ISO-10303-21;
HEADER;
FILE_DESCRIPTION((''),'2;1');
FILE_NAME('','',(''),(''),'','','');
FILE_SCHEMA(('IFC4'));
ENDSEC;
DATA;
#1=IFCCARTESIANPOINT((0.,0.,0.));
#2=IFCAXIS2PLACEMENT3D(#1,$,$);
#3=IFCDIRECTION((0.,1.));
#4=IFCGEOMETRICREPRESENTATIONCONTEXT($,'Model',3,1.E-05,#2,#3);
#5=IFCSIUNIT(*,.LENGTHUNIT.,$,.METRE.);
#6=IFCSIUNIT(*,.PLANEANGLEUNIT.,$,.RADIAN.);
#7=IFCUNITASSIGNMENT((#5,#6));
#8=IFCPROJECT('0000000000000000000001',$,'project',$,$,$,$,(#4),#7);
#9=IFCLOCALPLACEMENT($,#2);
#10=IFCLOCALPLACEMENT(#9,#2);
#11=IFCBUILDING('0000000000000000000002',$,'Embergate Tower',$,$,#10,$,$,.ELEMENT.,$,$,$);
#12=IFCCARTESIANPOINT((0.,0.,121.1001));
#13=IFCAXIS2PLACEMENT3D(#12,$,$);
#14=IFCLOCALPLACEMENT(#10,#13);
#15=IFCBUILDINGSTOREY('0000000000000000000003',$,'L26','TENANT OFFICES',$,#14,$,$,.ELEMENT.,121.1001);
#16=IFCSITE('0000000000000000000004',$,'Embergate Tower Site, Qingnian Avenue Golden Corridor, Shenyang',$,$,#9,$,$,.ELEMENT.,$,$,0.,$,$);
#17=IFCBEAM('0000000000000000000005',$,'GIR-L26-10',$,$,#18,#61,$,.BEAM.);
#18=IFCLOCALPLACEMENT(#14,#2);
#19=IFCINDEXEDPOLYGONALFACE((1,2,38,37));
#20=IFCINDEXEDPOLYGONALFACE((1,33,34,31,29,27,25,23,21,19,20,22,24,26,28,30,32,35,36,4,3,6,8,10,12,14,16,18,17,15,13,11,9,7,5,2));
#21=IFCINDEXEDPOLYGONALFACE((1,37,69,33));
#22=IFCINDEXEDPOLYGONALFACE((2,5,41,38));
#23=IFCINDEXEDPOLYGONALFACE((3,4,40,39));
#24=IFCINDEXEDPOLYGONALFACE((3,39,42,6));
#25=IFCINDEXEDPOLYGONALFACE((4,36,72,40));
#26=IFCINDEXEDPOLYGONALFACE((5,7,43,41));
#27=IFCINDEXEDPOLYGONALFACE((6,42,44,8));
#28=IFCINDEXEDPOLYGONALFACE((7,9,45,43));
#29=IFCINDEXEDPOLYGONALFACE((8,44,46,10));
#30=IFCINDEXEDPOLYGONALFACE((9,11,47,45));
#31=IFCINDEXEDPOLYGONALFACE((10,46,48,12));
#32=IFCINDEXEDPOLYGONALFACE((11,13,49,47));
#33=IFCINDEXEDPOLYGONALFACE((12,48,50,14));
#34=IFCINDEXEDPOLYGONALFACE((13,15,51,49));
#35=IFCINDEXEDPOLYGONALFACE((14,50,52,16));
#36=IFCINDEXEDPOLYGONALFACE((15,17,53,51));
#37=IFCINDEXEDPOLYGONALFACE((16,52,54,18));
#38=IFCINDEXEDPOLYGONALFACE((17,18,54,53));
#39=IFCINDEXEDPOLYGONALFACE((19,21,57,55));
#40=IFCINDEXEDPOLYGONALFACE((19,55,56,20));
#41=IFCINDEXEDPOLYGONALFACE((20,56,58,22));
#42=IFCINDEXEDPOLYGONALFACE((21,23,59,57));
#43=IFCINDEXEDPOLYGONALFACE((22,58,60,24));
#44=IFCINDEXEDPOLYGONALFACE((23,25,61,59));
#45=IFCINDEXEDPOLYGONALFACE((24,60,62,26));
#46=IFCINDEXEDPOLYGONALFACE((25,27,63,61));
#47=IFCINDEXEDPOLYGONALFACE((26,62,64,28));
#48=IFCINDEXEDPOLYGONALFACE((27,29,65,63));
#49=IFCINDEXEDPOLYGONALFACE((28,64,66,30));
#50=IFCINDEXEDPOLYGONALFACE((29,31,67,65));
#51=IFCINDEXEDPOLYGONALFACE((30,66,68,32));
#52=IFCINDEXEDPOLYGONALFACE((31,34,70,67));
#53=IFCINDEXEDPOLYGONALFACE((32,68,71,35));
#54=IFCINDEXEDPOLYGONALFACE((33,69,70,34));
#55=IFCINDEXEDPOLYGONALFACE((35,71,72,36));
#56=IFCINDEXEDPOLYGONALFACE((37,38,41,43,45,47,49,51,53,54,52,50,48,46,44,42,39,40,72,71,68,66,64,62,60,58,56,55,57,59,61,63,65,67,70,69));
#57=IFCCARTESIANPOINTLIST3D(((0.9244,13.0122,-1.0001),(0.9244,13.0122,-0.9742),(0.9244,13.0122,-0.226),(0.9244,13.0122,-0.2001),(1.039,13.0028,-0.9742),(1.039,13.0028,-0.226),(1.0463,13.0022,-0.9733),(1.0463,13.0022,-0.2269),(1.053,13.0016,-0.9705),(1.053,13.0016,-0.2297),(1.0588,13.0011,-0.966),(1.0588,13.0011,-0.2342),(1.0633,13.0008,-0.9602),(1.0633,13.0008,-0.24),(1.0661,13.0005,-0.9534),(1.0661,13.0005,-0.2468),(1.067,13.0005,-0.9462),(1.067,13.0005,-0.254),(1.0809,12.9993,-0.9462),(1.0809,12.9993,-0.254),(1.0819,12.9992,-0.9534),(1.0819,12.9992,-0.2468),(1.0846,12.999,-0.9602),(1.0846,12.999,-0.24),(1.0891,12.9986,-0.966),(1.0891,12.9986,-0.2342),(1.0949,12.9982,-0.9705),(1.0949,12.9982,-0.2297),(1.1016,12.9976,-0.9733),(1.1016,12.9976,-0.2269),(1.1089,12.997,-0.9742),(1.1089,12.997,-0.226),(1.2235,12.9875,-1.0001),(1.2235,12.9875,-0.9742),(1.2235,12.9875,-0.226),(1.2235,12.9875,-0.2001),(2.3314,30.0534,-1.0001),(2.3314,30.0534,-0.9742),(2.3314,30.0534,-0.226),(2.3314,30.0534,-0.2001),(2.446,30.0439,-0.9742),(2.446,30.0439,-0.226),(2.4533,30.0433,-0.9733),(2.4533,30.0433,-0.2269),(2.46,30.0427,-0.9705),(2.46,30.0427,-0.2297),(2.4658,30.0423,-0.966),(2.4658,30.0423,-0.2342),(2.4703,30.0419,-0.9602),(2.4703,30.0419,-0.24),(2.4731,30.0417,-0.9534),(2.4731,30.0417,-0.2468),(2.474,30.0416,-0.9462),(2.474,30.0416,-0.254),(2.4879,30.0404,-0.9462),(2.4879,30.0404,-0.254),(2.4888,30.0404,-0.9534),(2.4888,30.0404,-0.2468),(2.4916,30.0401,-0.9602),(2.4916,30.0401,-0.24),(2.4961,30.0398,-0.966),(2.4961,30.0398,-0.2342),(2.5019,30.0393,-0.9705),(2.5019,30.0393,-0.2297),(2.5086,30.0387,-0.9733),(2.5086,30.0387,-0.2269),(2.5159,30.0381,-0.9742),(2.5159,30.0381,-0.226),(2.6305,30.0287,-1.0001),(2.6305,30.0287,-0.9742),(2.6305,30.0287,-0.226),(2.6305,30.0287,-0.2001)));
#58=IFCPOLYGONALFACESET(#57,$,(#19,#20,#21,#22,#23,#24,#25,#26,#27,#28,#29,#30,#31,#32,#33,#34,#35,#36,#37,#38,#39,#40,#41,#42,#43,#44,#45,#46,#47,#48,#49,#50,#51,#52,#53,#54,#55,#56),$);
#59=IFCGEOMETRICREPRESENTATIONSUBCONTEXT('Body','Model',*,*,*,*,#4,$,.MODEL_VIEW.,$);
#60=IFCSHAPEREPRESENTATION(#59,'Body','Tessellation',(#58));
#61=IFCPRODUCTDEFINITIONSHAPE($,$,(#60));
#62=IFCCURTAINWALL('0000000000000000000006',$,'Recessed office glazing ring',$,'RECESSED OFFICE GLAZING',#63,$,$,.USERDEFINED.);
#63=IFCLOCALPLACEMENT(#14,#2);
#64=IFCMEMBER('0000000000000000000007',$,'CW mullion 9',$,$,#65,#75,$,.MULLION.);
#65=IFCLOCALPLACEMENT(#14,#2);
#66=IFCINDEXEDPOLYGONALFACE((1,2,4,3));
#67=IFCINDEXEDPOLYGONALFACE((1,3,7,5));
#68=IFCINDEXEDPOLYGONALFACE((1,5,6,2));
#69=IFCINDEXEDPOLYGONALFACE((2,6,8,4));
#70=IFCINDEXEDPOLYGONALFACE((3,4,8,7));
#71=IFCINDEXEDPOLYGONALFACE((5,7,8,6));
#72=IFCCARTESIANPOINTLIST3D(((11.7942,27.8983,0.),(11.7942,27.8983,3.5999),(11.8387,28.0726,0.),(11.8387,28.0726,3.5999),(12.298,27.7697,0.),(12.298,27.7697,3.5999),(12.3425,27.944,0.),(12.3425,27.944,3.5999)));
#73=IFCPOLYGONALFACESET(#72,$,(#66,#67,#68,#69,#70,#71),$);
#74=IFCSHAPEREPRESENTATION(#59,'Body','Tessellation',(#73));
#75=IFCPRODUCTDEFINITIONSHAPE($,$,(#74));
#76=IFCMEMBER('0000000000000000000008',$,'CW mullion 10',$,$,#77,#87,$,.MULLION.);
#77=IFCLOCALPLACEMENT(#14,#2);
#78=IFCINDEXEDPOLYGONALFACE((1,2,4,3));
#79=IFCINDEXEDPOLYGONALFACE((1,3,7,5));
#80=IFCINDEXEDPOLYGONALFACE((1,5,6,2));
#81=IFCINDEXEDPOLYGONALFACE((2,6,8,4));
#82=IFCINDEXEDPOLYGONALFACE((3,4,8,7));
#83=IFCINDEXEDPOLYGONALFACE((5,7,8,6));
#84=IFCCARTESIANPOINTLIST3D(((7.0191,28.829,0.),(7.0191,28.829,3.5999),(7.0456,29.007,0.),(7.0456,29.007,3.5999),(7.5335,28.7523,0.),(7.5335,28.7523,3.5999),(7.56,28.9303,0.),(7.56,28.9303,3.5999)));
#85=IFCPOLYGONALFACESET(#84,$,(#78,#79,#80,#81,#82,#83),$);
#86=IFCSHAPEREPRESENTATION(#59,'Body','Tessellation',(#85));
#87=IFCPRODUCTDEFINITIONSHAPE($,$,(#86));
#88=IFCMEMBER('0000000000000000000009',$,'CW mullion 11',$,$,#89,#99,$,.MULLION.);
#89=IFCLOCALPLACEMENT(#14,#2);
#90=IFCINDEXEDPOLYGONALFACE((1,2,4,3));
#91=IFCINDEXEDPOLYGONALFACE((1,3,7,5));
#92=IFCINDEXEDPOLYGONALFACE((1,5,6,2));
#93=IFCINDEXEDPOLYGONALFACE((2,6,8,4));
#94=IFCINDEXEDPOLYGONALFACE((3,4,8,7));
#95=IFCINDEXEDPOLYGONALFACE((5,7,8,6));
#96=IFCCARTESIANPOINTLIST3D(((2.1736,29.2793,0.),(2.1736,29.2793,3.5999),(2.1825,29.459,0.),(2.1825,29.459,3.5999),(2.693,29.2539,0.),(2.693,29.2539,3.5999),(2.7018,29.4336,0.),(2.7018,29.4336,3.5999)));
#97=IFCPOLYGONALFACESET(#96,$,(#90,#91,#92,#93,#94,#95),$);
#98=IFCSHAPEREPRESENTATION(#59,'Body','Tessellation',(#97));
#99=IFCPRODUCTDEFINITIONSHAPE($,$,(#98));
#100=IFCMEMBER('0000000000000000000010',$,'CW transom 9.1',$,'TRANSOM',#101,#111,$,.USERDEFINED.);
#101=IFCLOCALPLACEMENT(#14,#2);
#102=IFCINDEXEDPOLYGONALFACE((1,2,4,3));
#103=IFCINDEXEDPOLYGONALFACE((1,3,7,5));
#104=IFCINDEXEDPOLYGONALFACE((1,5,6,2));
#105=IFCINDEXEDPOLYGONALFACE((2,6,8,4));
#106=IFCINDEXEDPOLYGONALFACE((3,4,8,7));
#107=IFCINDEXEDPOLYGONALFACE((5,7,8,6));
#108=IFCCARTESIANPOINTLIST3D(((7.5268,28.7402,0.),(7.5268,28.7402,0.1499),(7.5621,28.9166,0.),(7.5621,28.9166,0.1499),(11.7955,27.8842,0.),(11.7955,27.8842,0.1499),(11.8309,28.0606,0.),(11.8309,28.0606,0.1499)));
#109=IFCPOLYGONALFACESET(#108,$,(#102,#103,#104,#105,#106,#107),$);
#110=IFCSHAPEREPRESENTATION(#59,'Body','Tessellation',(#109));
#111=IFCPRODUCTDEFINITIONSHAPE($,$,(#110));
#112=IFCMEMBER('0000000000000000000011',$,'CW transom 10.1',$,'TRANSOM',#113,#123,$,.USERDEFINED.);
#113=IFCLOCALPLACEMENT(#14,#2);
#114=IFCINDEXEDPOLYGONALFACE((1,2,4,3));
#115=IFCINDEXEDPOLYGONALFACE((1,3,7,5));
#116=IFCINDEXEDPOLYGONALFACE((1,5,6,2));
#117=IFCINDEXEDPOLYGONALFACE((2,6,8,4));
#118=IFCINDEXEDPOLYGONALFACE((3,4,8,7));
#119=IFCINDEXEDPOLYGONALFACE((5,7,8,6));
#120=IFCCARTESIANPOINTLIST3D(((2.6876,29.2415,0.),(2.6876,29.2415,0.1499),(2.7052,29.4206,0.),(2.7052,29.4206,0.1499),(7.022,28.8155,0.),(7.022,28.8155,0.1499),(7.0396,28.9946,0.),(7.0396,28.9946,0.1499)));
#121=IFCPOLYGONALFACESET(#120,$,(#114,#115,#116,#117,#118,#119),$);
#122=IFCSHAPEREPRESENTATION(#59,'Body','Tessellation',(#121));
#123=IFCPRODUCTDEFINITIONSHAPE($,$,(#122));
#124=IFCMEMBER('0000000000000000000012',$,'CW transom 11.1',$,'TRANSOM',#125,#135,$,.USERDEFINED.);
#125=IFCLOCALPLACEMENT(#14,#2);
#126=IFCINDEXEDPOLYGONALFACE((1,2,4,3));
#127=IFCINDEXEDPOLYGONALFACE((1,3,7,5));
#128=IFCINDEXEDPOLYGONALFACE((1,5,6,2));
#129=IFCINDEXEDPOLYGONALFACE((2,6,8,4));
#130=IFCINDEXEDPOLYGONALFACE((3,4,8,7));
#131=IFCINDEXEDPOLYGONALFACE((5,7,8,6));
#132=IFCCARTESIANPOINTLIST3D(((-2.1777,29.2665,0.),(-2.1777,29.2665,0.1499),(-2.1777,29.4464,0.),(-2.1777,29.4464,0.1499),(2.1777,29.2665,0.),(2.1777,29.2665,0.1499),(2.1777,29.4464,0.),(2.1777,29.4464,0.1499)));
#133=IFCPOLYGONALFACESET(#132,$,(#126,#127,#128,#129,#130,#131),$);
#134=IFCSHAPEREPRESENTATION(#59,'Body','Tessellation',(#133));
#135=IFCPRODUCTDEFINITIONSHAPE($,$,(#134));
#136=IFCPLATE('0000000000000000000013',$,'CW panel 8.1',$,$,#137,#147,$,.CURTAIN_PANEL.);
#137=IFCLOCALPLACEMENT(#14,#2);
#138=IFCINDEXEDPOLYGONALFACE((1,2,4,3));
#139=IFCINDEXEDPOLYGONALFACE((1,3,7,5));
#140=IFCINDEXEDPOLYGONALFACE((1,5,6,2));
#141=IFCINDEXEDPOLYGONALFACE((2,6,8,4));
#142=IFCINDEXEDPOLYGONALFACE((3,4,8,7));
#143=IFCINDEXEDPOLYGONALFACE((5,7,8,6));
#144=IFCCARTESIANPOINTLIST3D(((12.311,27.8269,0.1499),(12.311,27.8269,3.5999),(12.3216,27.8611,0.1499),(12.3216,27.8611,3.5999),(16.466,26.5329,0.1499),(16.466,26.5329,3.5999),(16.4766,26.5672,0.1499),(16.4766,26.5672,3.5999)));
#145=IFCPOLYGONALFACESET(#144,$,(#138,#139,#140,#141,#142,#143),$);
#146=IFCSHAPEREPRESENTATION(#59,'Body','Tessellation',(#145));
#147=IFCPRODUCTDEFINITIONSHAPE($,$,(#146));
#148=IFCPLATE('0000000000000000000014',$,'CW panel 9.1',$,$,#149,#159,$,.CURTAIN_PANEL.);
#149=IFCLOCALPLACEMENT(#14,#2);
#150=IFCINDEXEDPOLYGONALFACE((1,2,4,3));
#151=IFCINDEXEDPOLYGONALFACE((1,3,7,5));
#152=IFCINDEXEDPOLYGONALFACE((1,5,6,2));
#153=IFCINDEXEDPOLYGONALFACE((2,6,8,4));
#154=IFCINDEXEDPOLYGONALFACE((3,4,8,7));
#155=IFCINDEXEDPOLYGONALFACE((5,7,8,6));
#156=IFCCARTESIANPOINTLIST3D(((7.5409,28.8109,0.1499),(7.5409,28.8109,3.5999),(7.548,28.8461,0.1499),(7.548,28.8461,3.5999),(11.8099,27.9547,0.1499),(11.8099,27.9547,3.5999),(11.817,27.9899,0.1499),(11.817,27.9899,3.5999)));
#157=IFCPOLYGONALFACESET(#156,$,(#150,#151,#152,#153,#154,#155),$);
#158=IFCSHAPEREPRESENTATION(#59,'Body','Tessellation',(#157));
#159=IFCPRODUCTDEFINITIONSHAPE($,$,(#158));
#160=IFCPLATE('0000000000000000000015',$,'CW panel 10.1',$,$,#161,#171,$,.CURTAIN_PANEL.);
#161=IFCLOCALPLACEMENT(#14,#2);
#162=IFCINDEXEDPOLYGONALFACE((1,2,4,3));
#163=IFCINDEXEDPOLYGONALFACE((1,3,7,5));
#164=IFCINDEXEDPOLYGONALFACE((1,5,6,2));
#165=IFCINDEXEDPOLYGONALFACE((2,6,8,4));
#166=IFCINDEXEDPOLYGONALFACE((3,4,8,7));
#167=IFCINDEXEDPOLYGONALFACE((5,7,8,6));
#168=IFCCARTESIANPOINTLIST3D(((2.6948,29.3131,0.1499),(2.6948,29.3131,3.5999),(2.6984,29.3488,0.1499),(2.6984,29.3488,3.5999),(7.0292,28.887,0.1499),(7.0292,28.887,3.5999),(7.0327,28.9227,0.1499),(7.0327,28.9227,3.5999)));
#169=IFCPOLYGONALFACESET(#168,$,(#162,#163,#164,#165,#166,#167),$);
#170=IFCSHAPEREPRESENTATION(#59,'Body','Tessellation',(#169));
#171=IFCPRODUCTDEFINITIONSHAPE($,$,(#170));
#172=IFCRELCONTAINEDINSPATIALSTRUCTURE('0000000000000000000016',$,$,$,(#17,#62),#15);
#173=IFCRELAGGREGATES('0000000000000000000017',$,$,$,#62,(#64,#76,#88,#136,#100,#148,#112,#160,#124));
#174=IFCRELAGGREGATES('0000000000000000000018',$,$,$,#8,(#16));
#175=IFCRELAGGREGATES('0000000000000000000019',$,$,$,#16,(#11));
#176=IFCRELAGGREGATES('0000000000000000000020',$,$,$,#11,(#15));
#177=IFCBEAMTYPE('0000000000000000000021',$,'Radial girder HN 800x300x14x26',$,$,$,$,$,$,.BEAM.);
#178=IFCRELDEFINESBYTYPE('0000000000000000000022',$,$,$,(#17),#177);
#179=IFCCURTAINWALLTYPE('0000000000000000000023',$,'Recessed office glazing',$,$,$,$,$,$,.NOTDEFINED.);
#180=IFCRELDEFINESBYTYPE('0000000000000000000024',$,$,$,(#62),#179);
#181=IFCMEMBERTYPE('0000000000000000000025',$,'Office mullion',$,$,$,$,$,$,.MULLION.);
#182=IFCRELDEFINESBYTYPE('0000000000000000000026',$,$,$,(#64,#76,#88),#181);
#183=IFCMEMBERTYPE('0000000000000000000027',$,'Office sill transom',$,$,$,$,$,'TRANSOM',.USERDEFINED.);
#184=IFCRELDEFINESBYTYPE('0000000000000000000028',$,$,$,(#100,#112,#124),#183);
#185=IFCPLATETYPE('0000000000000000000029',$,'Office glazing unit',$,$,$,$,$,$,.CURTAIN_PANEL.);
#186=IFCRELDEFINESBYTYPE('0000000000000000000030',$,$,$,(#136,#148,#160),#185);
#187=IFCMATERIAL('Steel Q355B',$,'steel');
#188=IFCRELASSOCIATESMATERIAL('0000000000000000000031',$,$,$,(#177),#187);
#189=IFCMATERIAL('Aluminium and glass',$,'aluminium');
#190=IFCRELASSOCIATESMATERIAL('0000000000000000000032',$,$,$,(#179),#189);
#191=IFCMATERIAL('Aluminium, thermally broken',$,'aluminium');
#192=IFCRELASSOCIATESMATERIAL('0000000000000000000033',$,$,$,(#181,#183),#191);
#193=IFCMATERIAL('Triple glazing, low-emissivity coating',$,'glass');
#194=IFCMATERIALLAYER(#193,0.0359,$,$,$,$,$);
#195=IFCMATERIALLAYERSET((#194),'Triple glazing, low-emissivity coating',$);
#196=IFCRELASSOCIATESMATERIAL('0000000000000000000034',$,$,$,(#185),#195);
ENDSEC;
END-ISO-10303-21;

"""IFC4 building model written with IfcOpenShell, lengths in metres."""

from ifc_helpers import new_model, si_unit, direction, frame, origin, origin_2d, place, context, subcontext, project, spatial, rectangle, i_section, extrude, source, transform, mapped, material, layer, layer_set, material_profile, profile_set, type_object, element, aggregate, save


model = new_model("IFC4")

# Units and contexts
model_context = context("Model", 3, precision=1e-05, world=origin(), true_north=direction((0.0, 1.0)))
body_context = subcontext(model_context, "Body", "Model", "MODEL_VIEW")
ifc_project = project(units=[si_unit("LENGTHUNIT", "METRE"), si_unit("PLANEANGLEUNIT", "RADIAN")], contexts=[model_context])

# Site, building, storey
site_placement = place(None, origin())
site = spatial("IfcSite", under=ifc_project, at=site_placement, Name="Embergate Tower Site, Qingnian Avenue Golden Corridor, Shenyang", CompositionType="ELEMENT", RefElevation=0.0)
building_placement = place(site_placement, origin())
building = spatial("IfcBuilding", under=site, at=building_placement, Name="Embergate Tower", CompositionType="ELEMENT")
storey_placement = place(building_placement, frame((0.0, 0.0, 121.1001)))
storey = spatial("IfcBuildingStorey", under=building, at=storey_placement, Name="L26", Description="TENANT OFFICES", CompositionType="ELEMENT", Elevation=121.1001)

# Beam
ifc_material_1 = material(Name="Steel Q355B", Category="steel")
ifc_material_profile_1 = material_profile(ifc_material_1, i_section(OverallWidth=0.3, OverallDepth=0.8, WebThickness=0.0139, FlangeThickness=0.0259, FilletRadius=0.0281, at=origin_2d()), Name="HN 800x300x14x26")
ifc_profile_set_1 = profile_set([ifc_material_profile_1], Name="Steel Q355 grade B")
beam_type_1 = type_object("IfcBeamType", Name="Radial girder HN 800x300x14x26", PredefinedType="BEAM", material=ifc_profile_set_1)
shared_shape_1 = source(origin(), body_context, "Body", "SweptSolid", [
    extrude(i_section(OverallWidth=0.3, OverallDepth=0.8, WebThickness=0.0139, FlangeThickness=0.0259, FilletRadius=0.0281, at=origin_2d()), origin(), (0.0, 0.0, 1.0), 17.0991),
])
beam_1_placement = place(storey_placement, frame((2.481, 30.041, -0.6001), z_axis=(-0.082284, -0.996609, 0.0), x_axis=(0.996609, -0.082284, 0.0)))
element("IfcBeam", 1, at=beam_1_placement, inside=storey, type_object=beam_type_1, Name="GIR-L26-10", PredefinedType="BEAM", context=body_context, shape_type="MappedRepresentation", body=[
    mapped(shared_shape_1, transform((0.0, 0.0, 0.0))),
])

# Curtain wall, members, plates
ifc_material_2 = material(Name="Aluminium and glass", Category="aluminium")
curtain_wall_type = type_object("IfcCurtainWallType", Name="Recessed office glazing", PredefinedType="NOTDEFINED", material=ifc_material_2)
curtain_wall_placement = place(storey_placement, origin())
curtain_wall = element("IfcCurtainWall", 2, at=curtain_wall_placement, inside=storey, type_object=curtain_wall_type, Name="Recessed office glazing ring", ObjectType="RECESSED OFFICE GLAZING", PredefinedType="USERDEFINED")
ifc_material_3 = material(Name="Aluminium, thermally broken", Category="aluminium")
ifc_material_profile_2 = material_profile(ifc_material_3, rectangle(XDim=0.1799, YDim=0.52, at=origin_2d()), Name="AL 520x180")
ifc_profile_set_2 = profile_set([ifc_material_profile_2], Name="Aluminium, thermally broken")
member_type_1 = type_object("IfcMemberType", Name="Office mullion", PredefinedType="MULLION", material=ifc_profile_set_2)
shared_shape_2 = source(origin(), body_context, "Body", "SweptSolid", [
    extrude(rectangle(XDim=0.1799, YDim=0.52, at=origin_2d()), origin(), (0.0, 0.0, 1.0), 3.5999),
])
member_1_placement = place(storey_placement, frame((12.0684, 27.9211, 0.0), z_axis=(0.0, 0.0, 1.0), x_axis=(-0.247312, -0.968936, 0.0)))
member_1 = element("IfcMember", 3, at=member_1_placement, type_object=member_type_1, Name="CW mullion 9", PredefinedType="MULLION", context=body_context, shape_type="MappedRepresentation", body=[
    mapped(shared_shape_2, transform((0.0, 0.0, 0.0))),
])
member_2_placement = place(storey_placement, frame((7.2896, 28.8796, 0.0), z_axis=(0.0, 0.0, 1.0), x_axis=(-0.147412, -0.989075, 0.0)))
member_2 = element("IfcMember", 4, at=member_2_placement, type_object=member_type_1, Name="CW mullion 10", PredefinedType="MULLION", context=body_context, shape_type="MappedRepresentation", body=[
    mapped(shared_shape_2, transform((0.0, 0.0, 0.0))),
])
member_3_placement = place(storey_placement, frame((2.4377, 29.3564, 0.0), z_axis=(0.0, 0.0, 1.0), x_axis=(-0.048972, -0.9988, 0.0)))
member_3 = element("IfcMember", 5, at=member_3_placement, type_object=member_type_1, Name="CW mullion 11", PredefinedType="MULLION", context=body_context, shape_type="MappedRepresentation", body=[
    mapped(shared_shape_2, transform((0.0, 0.0, 0.0))),
])
ifc_material_profile_3 = material_profile(ifc_material_3, rectangle(XDim=0.1799, YDim=0.1499, at=origin_2d()), Name="AL 150x180")
ifc_profile_set_3 = profile_set([ifc_material_profile_3], Name="Aluminium, thermally broken")
member_type_2 = type_object("IfcMemberType", Name="Office sill transom", ElementType="TRANSOM", PredefinedType="USERDEFINED", material=ifc_profile_set_3)
shared_shape_3 = source(origin(), body_context, "Body", "SweptSolid", [
    extrude(rectangle(XDim=0.1799, YDim=0.1499, at=origin_2d()), origin(), (0.0, 0.0, 1.0), 4.3538),
])
member_4_placement = place(storey_placement, frame((11.8132, 27.9724, 0.075), z_axis=(-0.980484, 0.196601, 0.0), x_axis=(-0.196601, -0.980484, 0.0)))
member_4 = element("IfcMember", 6, at=member_4_placement, type_object=member_type_2, Name="CW transom 9.1", ObjectType="TRANSOM", PredefinedType="USERDEFINED", context=body_context, shape_type="MappedRepresentation", body=[
    mapped(shared_shape_3, transform((0.0, 0.0, 0.0))),
])
shared_shape_4 = source(origin(), body_context, "Body", "SweptSolid", [
    extrude(rectangle(XDim=0.1799, YDim=0.1499, at=origin_2d()), origin(), (0.0, 0.0, 1.0), 4.3552),
])
member_5_placement = place(storey_placement, frame((7.0308, 28.905, 0.075), z_axis=(-0.995204, 0.097822, 0.0), x_axis=(-0.097822, -0.995204, 0.0)))
member_5 = element("IfcMember", 7, at=member_5_placement, type_object=member_type_2, Name="CW transom 10.1", ObjectType="TRANSOM", PredefinedType="USERDEFINED", context=body_context, shape_type="MappedRepresentation", body=[
    mapped(shared_shape_4, transform((0.0, 0.0, 0.0))),
])
shared_shape_5 = source(origin(), body_context, "Body", "SweptSolid", [
    extrude(rectangle(XDim=0.1799, YDim=0.1499, at=origin_2d()), origin(), (0.0, 0.0, 1.0), 4.3555),
])
member_6_placement = place(storey_placement, frame((2.1777, 29.3564, 0.075), z_axis=(-1.0, 0.0, 0.0), x_axis=(0.0, -1.0, 0.0)))
member_6 = element("IfcMember", 8, at=member_6_placement, type_object=member_type_2, Name="CW transom 11.1", ObjectType="TRANSOM", PredefinedType="USERDEFINED", context=body_context, shape_type="MappedRepresentation", body=[
    mapped(shared_shape_5, transform((0.0, 0.0, 0.0))),
])
ifc_material_4 = material(Name="Triple glazing, low-emissivity coating", Category="glass")
ifc_layer_1 = layer(ifc_material_4, 0.0359)
ifc_layer_set_1 = layer_set([ifc_layer_1], Name="Triple glazing, low-emissivity coating")
plate_type = type_object("IfcPlateType", Name="Office glazing unit", PredefinedType="CURTAIN_PANEL", material=ifc_layer_set_1)
shared_shape_6 = source(origin(), body_context, "Body", "SweptSolid", [
    extrude(rectangle(XDim=4.3518, YDim=0.0359, at=origin_2d()), origin(), (0.0, 0.0, 1.0), 3.45),
])
plate_1_placement = place(storey_placement, frame((14.3938, 27.197, 0.1499), z_axis=(0.0, 0.0, 1.0), x_axis=(-0.954772, 0.297338, 0.0)))
plate_1 = element("IfcPlate", 9, at=plate_1_placement, type_object=plate_type, Name="CW panel 8.1", PredefinedType="CURTAIN_PANEL", context=body_context, shape_type="MappedRepresentation", body=[
    mapped(shared_shape_6, transform((0.0, 0.0, 0.0))),
])
shared_shape_7 = source(origin(), body_context, "Body", "SweptSolid", [
    extrude(rectangle(XDim=4.354, YDim=0.0359, at=origin_2d()), origin(), (0.0, 0.0, 1.0), 3.45),
])
plate_2_placement = place(storey_placement, frame((9.679, 28.4004, 0.1499), z_axis=(0.0, 0.0, 1.0), x_axis=(-0.980476, 0.196639, 0.0)))
plate_2 = element("IfcPlate", 10, at=plate_2_placement, type_object=plate_type, Name="CW panel 9.1", PredefinedType="CURTAIN_PANEL", context=body_context, shape_type="MappedRepresentation", body=[
    mapped(shared_shape_7, transform((0.0, 0.0, 0.0))),
])
shared_shape_8 = source(origin(), body_context, "Body", "SweptSolid", [
    extrude(rectangle(XDim=4.3552, YDim=0.0359, at=origin_2d()), origin(), (0.0, 0.0, 1.0), 3.45),
])
plate_3_placement = place(storey_placement, frame((4.8638, 29.1179, 0.1499), z_axis=(0.0, 0.0, 1.0), x_axis=(-0.995203, 0.09783, 0.0)))
plate_3 = element("IfcPlate", 11, at=plate_3_placement, type_object=plate_type, Name="CW panel 10.1", PredefinedType="CURTAIN_PANEL", context=body_context, shape_type="MappedRepresentation", body=[
    mapped(shared_shape_8, transform((0.0, 0.0, 0.0))),
])
aggregate(curtain_wall, [member_1, member_2, member_3, plate_1, member_4, plate_2, member_5, plate_3, member_6])

save(model, "model.ifc")
